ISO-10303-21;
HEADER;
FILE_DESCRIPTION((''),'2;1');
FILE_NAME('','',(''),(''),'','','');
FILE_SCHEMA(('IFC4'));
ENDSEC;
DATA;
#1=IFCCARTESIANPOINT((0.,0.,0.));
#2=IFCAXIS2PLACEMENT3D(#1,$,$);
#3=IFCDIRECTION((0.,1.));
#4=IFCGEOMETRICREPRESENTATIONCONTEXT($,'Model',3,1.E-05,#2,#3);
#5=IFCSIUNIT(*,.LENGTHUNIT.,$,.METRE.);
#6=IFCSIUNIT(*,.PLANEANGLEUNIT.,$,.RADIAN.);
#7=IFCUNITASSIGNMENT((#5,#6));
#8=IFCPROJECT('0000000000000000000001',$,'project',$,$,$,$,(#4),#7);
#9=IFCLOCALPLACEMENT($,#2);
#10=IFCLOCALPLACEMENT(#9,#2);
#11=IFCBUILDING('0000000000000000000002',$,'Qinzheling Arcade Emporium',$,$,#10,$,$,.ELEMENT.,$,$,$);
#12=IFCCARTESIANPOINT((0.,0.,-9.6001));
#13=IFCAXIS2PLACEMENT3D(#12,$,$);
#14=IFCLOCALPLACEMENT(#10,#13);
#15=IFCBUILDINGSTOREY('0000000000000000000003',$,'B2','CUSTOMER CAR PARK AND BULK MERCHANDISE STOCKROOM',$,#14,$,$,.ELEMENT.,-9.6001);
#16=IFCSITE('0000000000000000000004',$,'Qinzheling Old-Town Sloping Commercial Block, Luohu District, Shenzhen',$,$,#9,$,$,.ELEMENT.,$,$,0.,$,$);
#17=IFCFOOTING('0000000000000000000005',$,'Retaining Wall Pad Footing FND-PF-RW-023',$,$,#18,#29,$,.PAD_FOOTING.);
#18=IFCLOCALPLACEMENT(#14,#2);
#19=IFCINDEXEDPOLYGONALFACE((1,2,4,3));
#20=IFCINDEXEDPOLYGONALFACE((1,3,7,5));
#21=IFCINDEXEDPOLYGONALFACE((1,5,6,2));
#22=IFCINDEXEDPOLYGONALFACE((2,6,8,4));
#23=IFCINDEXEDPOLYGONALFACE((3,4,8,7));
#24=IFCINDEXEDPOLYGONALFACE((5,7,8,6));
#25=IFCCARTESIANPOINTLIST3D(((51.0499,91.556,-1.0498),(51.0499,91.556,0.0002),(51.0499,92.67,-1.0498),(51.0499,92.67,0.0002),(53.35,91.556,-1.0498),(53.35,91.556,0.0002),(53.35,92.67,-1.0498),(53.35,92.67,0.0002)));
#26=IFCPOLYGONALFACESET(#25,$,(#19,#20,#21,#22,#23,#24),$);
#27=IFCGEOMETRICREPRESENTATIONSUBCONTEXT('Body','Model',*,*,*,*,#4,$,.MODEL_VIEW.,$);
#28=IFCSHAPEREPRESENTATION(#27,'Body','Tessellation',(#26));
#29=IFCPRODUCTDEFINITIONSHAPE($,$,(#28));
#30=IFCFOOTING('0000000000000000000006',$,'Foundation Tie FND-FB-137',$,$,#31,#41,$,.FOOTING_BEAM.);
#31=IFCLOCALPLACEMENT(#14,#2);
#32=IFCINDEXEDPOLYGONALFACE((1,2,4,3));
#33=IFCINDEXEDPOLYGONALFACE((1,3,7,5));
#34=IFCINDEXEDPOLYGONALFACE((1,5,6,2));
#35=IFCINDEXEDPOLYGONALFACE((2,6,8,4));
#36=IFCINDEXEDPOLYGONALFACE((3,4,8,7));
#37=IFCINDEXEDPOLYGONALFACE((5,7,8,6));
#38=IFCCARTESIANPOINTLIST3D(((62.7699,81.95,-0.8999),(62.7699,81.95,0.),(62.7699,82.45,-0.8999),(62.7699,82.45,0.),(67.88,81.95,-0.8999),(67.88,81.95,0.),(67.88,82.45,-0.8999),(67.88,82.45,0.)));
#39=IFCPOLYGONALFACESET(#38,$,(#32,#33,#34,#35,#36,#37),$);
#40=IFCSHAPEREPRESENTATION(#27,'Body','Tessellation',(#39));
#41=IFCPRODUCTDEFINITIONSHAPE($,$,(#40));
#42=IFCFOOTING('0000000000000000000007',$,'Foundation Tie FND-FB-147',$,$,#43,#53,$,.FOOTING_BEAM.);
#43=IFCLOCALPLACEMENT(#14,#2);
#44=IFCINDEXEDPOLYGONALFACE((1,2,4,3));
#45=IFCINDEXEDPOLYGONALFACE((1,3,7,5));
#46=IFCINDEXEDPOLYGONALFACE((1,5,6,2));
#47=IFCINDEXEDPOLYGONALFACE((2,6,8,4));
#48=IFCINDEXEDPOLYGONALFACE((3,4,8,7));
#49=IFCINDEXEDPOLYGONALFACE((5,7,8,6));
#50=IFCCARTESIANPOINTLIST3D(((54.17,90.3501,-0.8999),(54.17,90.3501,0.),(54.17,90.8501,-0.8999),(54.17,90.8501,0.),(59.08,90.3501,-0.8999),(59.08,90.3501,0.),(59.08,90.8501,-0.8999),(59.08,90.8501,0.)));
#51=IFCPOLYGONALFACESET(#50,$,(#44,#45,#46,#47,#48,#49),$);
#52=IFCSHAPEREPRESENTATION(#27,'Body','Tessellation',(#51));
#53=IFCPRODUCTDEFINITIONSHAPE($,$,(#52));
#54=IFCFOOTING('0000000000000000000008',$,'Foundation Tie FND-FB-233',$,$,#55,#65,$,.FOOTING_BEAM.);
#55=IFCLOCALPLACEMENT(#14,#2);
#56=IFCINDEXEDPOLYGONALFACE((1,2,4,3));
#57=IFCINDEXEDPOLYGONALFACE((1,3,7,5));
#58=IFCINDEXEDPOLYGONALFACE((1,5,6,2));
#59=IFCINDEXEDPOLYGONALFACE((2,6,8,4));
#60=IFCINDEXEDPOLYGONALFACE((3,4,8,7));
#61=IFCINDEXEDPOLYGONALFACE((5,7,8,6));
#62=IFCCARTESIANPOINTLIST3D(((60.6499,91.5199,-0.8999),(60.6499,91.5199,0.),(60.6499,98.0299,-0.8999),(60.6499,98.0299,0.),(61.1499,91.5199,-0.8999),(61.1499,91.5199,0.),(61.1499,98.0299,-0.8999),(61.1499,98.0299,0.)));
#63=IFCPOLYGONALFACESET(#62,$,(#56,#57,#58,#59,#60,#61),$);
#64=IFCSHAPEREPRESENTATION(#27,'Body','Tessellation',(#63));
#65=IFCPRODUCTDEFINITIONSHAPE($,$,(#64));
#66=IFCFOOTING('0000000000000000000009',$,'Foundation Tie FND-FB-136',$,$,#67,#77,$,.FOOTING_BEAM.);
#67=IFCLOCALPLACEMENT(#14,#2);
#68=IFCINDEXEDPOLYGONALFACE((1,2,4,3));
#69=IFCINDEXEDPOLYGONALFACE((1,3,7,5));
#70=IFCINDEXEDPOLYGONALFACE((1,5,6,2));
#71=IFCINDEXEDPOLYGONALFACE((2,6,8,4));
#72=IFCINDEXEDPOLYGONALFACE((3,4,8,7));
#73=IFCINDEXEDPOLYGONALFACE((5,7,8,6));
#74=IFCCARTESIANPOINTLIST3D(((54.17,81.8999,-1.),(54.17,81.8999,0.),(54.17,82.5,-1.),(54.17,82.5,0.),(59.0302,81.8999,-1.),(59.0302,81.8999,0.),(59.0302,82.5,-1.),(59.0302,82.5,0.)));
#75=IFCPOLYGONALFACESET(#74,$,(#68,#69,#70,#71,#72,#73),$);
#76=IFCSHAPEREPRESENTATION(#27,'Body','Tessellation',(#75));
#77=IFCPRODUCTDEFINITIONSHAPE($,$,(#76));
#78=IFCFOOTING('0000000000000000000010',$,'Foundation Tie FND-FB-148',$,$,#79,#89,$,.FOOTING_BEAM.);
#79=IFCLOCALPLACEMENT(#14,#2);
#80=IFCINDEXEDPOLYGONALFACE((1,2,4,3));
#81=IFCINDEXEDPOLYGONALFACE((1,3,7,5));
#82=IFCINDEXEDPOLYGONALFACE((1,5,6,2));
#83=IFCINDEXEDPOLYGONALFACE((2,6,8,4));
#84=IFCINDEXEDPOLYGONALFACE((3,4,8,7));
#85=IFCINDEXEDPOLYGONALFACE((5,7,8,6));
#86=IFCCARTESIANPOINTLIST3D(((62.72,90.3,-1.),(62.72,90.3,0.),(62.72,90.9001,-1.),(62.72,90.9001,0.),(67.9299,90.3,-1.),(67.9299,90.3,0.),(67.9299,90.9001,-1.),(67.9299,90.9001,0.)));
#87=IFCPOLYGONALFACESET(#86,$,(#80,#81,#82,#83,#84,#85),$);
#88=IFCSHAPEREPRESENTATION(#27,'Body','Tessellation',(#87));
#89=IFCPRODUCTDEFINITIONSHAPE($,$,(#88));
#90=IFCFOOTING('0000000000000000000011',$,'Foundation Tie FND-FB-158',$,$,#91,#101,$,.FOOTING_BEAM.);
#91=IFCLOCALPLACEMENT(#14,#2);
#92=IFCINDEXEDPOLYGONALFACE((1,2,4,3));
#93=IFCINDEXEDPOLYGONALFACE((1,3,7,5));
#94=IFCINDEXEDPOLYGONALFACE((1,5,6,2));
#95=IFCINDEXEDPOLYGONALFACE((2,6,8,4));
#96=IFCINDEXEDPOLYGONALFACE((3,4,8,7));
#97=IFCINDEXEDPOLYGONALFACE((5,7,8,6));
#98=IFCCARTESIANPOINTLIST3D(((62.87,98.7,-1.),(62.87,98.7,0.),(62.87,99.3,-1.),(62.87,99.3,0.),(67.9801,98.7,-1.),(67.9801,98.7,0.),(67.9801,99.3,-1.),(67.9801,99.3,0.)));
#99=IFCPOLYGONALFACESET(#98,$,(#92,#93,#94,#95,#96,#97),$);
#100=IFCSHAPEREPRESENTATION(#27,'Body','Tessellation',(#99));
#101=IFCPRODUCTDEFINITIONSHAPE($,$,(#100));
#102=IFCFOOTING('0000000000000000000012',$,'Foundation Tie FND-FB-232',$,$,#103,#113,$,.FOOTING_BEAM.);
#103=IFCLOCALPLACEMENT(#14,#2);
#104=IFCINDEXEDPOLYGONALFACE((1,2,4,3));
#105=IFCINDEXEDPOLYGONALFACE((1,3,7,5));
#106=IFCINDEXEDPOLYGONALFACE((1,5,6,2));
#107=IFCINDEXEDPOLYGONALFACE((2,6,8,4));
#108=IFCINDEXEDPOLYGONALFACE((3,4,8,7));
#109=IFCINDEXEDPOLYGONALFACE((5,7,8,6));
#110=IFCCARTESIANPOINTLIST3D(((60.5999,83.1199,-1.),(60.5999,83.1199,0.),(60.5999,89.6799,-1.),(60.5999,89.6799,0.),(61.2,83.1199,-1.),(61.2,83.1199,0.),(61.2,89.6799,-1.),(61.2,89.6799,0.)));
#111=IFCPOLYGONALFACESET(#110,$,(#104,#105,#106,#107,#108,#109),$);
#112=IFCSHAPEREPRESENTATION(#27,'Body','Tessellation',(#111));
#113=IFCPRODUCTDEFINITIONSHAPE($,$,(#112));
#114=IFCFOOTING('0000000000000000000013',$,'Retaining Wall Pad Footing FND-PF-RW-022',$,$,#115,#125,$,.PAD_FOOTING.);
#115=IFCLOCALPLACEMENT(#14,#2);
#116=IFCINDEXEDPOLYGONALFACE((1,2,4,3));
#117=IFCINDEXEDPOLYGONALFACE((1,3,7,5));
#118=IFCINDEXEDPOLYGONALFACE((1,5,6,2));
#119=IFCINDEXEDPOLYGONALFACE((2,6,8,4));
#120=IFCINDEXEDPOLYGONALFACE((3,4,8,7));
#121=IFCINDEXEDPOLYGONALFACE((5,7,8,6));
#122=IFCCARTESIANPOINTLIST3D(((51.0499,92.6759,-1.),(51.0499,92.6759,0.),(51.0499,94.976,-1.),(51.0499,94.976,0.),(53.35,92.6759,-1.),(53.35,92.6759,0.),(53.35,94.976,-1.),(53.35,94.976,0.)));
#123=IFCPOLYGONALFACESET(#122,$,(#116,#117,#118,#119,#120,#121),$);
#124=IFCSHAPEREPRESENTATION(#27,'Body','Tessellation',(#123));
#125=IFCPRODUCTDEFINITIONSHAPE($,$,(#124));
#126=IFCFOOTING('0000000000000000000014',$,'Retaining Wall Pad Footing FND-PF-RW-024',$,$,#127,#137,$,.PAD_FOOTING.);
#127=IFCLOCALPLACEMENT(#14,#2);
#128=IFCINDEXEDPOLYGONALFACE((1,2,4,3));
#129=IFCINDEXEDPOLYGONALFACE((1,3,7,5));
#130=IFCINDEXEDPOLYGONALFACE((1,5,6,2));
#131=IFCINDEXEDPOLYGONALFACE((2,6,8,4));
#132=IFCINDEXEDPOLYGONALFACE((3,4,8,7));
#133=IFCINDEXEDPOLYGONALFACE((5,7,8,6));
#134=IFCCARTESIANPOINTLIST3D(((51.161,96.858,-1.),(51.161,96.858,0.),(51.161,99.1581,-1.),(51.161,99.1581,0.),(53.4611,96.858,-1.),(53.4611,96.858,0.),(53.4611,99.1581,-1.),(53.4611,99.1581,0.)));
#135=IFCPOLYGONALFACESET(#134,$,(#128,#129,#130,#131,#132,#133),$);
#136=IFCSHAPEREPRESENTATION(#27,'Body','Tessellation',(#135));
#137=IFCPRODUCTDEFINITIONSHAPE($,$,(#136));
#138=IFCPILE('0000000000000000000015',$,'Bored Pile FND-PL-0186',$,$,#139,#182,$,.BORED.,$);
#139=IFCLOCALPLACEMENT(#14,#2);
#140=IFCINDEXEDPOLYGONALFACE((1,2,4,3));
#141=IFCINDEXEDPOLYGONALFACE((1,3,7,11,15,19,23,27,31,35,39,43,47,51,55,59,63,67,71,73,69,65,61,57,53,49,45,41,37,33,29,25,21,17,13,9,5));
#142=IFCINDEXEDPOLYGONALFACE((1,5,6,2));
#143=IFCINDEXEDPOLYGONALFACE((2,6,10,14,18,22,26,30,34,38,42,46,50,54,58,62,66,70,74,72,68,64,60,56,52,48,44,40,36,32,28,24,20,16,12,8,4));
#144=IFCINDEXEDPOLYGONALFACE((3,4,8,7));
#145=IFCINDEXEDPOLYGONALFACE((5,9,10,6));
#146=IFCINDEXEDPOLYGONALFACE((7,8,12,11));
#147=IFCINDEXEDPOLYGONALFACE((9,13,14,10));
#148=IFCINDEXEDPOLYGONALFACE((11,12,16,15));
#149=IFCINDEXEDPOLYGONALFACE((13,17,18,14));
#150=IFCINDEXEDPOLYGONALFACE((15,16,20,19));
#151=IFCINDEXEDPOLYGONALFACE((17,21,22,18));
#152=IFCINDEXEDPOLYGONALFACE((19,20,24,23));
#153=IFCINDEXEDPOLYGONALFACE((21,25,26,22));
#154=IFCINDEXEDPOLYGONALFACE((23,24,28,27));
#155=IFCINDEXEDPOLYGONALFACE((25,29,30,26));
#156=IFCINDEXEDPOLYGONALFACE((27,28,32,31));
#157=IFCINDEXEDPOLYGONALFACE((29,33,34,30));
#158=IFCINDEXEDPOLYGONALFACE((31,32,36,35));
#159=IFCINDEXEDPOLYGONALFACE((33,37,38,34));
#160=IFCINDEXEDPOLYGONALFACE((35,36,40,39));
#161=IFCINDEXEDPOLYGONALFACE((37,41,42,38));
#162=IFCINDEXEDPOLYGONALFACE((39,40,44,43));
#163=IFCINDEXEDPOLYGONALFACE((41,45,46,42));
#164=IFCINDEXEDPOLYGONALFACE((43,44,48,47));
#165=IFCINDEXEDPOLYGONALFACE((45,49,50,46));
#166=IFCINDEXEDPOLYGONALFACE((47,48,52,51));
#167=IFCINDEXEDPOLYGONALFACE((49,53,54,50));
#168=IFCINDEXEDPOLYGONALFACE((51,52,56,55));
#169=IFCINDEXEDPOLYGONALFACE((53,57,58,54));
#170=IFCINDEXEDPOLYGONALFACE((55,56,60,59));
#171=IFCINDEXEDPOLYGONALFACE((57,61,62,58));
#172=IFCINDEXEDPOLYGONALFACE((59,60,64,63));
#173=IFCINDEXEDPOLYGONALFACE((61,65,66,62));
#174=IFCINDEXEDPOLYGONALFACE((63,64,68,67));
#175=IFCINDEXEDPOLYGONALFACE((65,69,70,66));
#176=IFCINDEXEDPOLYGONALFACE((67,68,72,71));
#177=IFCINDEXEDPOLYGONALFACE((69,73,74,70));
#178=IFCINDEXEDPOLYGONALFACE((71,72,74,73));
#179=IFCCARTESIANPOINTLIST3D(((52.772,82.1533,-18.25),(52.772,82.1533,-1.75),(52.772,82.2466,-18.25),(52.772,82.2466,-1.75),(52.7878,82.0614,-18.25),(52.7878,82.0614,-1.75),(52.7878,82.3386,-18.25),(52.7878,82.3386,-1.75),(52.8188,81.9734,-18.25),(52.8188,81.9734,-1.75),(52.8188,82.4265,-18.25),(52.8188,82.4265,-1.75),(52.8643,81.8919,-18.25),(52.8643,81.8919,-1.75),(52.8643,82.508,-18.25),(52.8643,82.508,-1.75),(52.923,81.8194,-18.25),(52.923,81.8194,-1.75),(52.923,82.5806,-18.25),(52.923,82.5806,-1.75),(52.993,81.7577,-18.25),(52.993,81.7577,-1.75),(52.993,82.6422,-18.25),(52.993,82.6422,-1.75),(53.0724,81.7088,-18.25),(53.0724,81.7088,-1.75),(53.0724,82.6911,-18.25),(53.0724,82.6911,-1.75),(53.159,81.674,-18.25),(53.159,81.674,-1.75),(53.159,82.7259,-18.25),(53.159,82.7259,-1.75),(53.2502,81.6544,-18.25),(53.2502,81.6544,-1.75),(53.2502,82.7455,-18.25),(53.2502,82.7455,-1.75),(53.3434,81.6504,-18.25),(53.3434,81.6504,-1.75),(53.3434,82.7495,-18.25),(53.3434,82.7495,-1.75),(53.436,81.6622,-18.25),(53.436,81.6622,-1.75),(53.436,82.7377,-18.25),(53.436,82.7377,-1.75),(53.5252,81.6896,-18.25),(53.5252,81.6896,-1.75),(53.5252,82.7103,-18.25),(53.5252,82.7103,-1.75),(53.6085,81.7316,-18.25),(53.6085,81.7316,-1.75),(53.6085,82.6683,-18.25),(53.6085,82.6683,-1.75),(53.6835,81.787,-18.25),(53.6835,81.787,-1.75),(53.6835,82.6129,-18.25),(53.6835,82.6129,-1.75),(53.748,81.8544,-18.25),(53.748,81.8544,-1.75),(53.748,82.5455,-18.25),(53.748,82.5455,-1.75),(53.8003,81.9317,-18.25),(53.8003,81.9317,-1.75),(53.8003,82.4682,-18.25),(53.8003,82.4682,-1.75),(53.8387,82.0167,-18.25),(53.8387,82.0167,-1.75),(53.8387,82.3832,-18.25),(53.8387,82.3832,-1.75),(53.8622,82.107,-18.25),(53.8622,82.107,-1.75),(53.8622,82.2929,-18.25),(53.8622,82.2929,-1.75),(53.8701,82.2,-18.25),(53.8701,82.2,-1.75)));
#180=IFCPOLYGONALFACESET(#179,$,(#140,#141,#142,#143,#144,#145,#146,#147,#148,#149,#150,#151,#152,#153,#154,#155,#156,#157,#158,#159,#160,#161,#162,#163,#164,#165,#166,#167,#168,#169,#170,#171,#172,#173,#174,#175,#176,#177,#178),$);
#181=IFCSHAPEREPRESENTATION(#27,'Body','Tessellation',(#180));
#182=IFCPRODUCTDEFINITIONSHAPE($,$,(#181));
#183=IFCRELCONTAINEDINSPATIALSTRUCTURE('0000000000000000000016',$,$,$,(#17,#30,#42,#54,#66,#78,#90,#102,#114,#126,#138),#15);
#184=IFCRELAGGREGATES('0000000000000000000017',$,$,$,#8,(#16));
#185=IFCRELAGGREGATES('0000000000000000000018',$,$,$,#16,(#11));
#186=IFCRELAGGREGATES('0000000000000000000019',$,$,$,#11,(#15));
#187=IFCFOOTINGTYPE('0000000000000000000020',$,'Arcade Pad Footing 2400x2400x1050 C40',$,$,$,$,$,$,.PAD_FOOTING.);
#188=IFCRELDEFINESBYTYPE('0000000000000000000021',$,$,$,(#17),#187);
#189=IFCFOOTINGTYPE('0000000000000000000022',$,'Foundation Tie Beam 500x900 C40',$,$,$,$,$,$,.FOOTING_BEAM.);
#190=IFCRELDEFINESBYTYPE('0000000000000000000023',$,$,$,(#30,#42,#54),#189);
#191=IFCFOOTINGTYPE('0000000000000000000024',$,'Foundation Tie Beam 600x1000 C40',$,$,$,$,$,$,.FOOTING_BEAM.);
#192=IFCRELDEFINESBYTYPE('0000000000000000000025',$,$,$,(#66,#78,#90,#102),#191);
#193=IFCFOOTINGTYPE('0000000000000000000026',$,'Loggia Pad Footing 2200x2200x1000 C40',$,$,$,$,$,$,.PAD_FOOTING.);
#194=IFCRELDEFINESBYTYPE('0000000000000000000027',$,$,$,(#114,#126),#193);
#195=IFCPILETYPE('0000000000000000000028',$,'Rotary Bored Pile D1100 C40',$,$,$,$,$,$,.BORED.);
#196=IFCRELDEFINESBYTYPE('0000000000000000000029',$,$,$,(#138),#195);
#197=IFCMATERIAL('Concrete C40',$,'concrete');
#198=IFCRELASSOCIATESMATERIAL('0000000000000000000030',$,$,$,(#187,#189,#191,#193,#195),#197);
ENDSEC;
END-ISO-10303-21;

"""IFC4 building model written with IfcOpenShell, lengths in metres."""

from ifc_helpers import new_model, si_unit, direction, frame, origin, origin_2d, place, context, subcontext, project, spatial, rectangle, circle, extrude, material, material_profile, profile_set, type_object, element, save


model = new_model("IFC4")

# Units and contexts
model_context = context("Model", 3, precision=1e-05, world=origin(), true_north=direction((0.0, 1.0)))
body_context = subcontext(model_context, "Body", "Model", "MODEL_VIEW")
ifc_project = project(units=[si_unit("LENGTHUNIT", "METRE"), si_unit("PLANEANGLEUNIT", "RADIAN")], contexts=[model_context])

# Site, building, storey
site_placement = place(None, origin())
site = spatial("IfcSite", under=ifc_project, at=site_placement, Name="Qinzheling Old-Town Sloping Commercial Block, Luohu District, Shenzhen", CompositionType="ELEMENT", RefElevation=0.0)
building_placement = place(site_placement, origin())
building = spatial("IfcBuilding", under=site, at=building_placement, Name="Qinzheling Arcade Emporium", CompositionType="ELEMENT")
storey_placement = place(building_placement, frame((0.0, 0.0, -9.6001)))
storey = spatial("IfcBuildingStorey", under=building, at=storey_placement, Name="B2", Description="CUSTOMER CAR PARK AND BULK MERCHANDISE STOCKROOM", CompositionType="ELEMENT", Elevation=-9.6001)

# Footings
ifc_material_1 = material(Name="Concrete C40", Category="concrete")
footing_type_1 = type_object("IfcFootingType", Name="Arcade Pad Footing 2400x2400x1050 C40", PredefinedType="PAD_FOOTING", material=ifc_material_1)
footing_1_placement = place(storey_placement, frame((52.2, 92.113, -1.0498), z_axis=(0.0, 0.0, 1.0), x_axis=(1.0, 0.0, 0.0)))
element("IfcFooting", 1, at=footing_1_placement, inside=storey, type_object=footing_type_1, Name="Retaining Wall Pad Footing FND-PF-RW-023", PredefinedType="PAD_FOOTING", context=body_context, shape_type="SweptSolid", body=[
    extrude(rectangle(XDim=2.3, YDim=1.114, at=origin_2d()), origin(), (0.0, 0.0, 1.0), 1.05),
])
footing_type_2 = type_object("IfcFootingType", Name="Foundation Tie Beam 500x900 C40", PredefinedType="FOOTING_BEAM", material=ifc_material_1)
footing_2_placement = place(storey_placement, frame((65.325, 82.2, -0.8999), z_axis=(0.0, 0.0, 1.0), x_axis=(1.0, 0.0, 0.0)))
element("IfcFooting", 2, at=footing_2_placement, inside=storey, type_object=footing_type_2, Name="Foundation Tie FND-FB-137", PredefinedType="FOOTING_BEAM", context=body_context, shape_type="SweptSolid", body=[
    extrude(rectangle(XDim=5.1101, YDim=0.5, at=origin_2d()), origin(), (0.0, 0.0, 1.0), 0.8999),
])
footing_3_placement = place(storey_placement, frame((56.625, 90.6001, -0.8999), z_axis=(0.0, 0.0, 1.0), x_axis=(1.0, 0.0, 0.0)))
element("IfcFooting", 3, at=footing_3_placement, inside=storey, type_object=footing_type_2, Name="Foundation Tie FND-FB-147", PredefinedType="FOOTING_BEAM", context=body_context, shape_type="SweptSolid", body=[
    extrude(rectangle(XDim=4.9099, YDim=0.5, at=origin_2d()), origin(), (0.0, 0.0, 1.0), 0.8999),
])
footing_4_placement = place(storey_placement, frame((60.8999, 94.7749, -0.8999), z_axis=(0.0, 0.0, 1.0), x_axis=(1.0, 0.0, 0.0)))
element("IfcFooting", 4, at=footing_4_placement, inside=storey, type_object=footing_type_2, Name="Foundation Tie FND-FB-233", PredefinedType="FOOTING_BEAM", context=body_context, shape_type="SweptSolid", body=[
    extrude(rectangle(XDim=0.5, YDim=6.51, at=origin_2d()), origin(), (0.0, 0.0, 1.0), 0.8999),
])
footing_type_3 = type_object("IfcFootingType", Name="Foundation Tie Beam 600x1000 C40", PredefinedType="FOOTING_BEAM", material=ifc_material_1)
footing_5_placement = place(storey_placement, frame((56.6001, 82.2, -1.0), z_axis=(0.0, 0.0, 1.0), x_axis=(1.0, 0.0, 0.0)))
element("IfcFooting", 5, at=footing_5_placement, inside=storey, type_object=footing_type_3, Name="Foundation Tie FND-FB-136", PredefinedType="FOOTING_BEAM", context=body_context, shape_type="SweptSolid", body=[
    extrude(rectangle(XDim=4.8601, YDim=0.6001, at=origin_2d()), origin(), (0.0, 0.0, 1.0), 1.0),
])
footing_6_placement = place(storey_placement, frame((65.325, 90.6001, -1.0), z_axis=(0.0, 0.0, 1.0), x_axis=(1.0, 0.0, 0.0)))
element("IfcFooting", 6, at=footing_6_placement, inside=storey, type_object=footing_type_3, Name="Foundation Tie FND-FB-148", PredefinedType="FOOTING_BEAM", context=body_context, shape_type="SweptSolid", body=[
    extrude(rectangle(XDim=5.21, YDim=0.6001, at=origin_2d()), origin(), (0.0, 0.0, 1.0), 1.0),
])
footing_7_placement = place(storey_placement, frame((65.425, 99.0, -1.0), z_axis=(0.0, 0.0, 1.0), x_axis=(1.0, 0.0, 0.0)))
element("IfcFooting", 7, at=footing_7_placement, inside=storey, type_object=footing_type_3, Name="Foundation Tie FND-FB-158", PredefinedType="FOOTING_BEAM", context=body_context, shape_type="SweptSolid", body=[
    extrude(rectangle(XDim=5.1101, YDim=0.6001, at=origin_2d()), origin(), (0.0, 0.0, 1.0), 1.0),
])
footing_8_placement = place(storey_placement, frame((60.8999, 86.3999, -1.0), z_axis=(0.0, 0.0, 1.0), x_axis=(1.0, 0.0, 0.0)))
element("IfcFooting", 8, at=footing_8_placement, inside=storey, type_object=footing_type_3, Name="Foundation Tie FND-FB-232", PredefinedType="FOOTING_BEAM", context=body_context, shape_type="SweptSolid", body=[
    extrude(rectangle(XDim=0.6001, YDim=6.5601, at=origin_2d()), origin(), (0.0, 0.0, 1.0), 1.0),
])
footing_type_4 = type_object("IfcFootingType", Name="Loggia Pad Footing 2200x2200x1000 C40", PredefinedType="PAD_FOOTING", material=ifc_material_1)
for number, where, z_axis, x_axis, name in (
    (9, (52.2, 93.8259, -1.0), (0.0, 0.0, 1.0), (1.0, 0.0, 0.0), "Retaining Wall Pad Footing FND-PF-RW-022"),
    (10, (52.311, 98.0081, -1.0), (0.0, 0.0, 1.0), (1.0, 0.0, 0.0), "Retaining Wall Pad Footing FND-PF-RW-024"),
):
    element("IfcFooting", number, at=place(storey_placement, frame(where, z_axis=z_axis, x_axis=x_axis)), inside=storey, type_object=footing_type_4, Name=name, PredefinedType="PAD_FOOTING", context=body_context, shape_type="SweptSolid", body=[
        extrude(rectangle(XDim=2.3, YDim=2.3, at=origin_2d()), origin(), (0.0, 0.0, 1.0), 1.0),
    ])

# Pile
ifc_material_profile_1 = material_profile(ifc_material_1, circle(Radius=0.55, at=origin_2d()), Name="BORED D1100", Category="concrete")
ifc_profile_set_1 = profile_set([ifc_material_profile_1], Name="Concrete C40")
pile_type_1 = type_object("IfcPileType", Name="Rotary Bored Pile D1100 C40", PredefinedType="BORED", material=ifc_profile_set_1)
for number, where, z_axis, x_axis, name in (
    (11, (53.3201, 82.2, -1.75), (0.0, 0.0, -1.0), (1.0, 0.0, 0.0), "Bored Pile FND-PL-0186"),
):
    element("IfcPile", number, at=place(storey_placement, frame(where, z_axis=z_axis, x_axis=x_axis)), inside=storey, type_object=pile_type_1, Name=name, PredefinedType="BORED", context=body_context, shape_type="SweptSolid", body=[
        extrude(circle(Radius=0.55, at=origin_2d()), origin(), (0.0, 0.0, 1.0), 16.5),
    ])

save(model, "model.ifc")
